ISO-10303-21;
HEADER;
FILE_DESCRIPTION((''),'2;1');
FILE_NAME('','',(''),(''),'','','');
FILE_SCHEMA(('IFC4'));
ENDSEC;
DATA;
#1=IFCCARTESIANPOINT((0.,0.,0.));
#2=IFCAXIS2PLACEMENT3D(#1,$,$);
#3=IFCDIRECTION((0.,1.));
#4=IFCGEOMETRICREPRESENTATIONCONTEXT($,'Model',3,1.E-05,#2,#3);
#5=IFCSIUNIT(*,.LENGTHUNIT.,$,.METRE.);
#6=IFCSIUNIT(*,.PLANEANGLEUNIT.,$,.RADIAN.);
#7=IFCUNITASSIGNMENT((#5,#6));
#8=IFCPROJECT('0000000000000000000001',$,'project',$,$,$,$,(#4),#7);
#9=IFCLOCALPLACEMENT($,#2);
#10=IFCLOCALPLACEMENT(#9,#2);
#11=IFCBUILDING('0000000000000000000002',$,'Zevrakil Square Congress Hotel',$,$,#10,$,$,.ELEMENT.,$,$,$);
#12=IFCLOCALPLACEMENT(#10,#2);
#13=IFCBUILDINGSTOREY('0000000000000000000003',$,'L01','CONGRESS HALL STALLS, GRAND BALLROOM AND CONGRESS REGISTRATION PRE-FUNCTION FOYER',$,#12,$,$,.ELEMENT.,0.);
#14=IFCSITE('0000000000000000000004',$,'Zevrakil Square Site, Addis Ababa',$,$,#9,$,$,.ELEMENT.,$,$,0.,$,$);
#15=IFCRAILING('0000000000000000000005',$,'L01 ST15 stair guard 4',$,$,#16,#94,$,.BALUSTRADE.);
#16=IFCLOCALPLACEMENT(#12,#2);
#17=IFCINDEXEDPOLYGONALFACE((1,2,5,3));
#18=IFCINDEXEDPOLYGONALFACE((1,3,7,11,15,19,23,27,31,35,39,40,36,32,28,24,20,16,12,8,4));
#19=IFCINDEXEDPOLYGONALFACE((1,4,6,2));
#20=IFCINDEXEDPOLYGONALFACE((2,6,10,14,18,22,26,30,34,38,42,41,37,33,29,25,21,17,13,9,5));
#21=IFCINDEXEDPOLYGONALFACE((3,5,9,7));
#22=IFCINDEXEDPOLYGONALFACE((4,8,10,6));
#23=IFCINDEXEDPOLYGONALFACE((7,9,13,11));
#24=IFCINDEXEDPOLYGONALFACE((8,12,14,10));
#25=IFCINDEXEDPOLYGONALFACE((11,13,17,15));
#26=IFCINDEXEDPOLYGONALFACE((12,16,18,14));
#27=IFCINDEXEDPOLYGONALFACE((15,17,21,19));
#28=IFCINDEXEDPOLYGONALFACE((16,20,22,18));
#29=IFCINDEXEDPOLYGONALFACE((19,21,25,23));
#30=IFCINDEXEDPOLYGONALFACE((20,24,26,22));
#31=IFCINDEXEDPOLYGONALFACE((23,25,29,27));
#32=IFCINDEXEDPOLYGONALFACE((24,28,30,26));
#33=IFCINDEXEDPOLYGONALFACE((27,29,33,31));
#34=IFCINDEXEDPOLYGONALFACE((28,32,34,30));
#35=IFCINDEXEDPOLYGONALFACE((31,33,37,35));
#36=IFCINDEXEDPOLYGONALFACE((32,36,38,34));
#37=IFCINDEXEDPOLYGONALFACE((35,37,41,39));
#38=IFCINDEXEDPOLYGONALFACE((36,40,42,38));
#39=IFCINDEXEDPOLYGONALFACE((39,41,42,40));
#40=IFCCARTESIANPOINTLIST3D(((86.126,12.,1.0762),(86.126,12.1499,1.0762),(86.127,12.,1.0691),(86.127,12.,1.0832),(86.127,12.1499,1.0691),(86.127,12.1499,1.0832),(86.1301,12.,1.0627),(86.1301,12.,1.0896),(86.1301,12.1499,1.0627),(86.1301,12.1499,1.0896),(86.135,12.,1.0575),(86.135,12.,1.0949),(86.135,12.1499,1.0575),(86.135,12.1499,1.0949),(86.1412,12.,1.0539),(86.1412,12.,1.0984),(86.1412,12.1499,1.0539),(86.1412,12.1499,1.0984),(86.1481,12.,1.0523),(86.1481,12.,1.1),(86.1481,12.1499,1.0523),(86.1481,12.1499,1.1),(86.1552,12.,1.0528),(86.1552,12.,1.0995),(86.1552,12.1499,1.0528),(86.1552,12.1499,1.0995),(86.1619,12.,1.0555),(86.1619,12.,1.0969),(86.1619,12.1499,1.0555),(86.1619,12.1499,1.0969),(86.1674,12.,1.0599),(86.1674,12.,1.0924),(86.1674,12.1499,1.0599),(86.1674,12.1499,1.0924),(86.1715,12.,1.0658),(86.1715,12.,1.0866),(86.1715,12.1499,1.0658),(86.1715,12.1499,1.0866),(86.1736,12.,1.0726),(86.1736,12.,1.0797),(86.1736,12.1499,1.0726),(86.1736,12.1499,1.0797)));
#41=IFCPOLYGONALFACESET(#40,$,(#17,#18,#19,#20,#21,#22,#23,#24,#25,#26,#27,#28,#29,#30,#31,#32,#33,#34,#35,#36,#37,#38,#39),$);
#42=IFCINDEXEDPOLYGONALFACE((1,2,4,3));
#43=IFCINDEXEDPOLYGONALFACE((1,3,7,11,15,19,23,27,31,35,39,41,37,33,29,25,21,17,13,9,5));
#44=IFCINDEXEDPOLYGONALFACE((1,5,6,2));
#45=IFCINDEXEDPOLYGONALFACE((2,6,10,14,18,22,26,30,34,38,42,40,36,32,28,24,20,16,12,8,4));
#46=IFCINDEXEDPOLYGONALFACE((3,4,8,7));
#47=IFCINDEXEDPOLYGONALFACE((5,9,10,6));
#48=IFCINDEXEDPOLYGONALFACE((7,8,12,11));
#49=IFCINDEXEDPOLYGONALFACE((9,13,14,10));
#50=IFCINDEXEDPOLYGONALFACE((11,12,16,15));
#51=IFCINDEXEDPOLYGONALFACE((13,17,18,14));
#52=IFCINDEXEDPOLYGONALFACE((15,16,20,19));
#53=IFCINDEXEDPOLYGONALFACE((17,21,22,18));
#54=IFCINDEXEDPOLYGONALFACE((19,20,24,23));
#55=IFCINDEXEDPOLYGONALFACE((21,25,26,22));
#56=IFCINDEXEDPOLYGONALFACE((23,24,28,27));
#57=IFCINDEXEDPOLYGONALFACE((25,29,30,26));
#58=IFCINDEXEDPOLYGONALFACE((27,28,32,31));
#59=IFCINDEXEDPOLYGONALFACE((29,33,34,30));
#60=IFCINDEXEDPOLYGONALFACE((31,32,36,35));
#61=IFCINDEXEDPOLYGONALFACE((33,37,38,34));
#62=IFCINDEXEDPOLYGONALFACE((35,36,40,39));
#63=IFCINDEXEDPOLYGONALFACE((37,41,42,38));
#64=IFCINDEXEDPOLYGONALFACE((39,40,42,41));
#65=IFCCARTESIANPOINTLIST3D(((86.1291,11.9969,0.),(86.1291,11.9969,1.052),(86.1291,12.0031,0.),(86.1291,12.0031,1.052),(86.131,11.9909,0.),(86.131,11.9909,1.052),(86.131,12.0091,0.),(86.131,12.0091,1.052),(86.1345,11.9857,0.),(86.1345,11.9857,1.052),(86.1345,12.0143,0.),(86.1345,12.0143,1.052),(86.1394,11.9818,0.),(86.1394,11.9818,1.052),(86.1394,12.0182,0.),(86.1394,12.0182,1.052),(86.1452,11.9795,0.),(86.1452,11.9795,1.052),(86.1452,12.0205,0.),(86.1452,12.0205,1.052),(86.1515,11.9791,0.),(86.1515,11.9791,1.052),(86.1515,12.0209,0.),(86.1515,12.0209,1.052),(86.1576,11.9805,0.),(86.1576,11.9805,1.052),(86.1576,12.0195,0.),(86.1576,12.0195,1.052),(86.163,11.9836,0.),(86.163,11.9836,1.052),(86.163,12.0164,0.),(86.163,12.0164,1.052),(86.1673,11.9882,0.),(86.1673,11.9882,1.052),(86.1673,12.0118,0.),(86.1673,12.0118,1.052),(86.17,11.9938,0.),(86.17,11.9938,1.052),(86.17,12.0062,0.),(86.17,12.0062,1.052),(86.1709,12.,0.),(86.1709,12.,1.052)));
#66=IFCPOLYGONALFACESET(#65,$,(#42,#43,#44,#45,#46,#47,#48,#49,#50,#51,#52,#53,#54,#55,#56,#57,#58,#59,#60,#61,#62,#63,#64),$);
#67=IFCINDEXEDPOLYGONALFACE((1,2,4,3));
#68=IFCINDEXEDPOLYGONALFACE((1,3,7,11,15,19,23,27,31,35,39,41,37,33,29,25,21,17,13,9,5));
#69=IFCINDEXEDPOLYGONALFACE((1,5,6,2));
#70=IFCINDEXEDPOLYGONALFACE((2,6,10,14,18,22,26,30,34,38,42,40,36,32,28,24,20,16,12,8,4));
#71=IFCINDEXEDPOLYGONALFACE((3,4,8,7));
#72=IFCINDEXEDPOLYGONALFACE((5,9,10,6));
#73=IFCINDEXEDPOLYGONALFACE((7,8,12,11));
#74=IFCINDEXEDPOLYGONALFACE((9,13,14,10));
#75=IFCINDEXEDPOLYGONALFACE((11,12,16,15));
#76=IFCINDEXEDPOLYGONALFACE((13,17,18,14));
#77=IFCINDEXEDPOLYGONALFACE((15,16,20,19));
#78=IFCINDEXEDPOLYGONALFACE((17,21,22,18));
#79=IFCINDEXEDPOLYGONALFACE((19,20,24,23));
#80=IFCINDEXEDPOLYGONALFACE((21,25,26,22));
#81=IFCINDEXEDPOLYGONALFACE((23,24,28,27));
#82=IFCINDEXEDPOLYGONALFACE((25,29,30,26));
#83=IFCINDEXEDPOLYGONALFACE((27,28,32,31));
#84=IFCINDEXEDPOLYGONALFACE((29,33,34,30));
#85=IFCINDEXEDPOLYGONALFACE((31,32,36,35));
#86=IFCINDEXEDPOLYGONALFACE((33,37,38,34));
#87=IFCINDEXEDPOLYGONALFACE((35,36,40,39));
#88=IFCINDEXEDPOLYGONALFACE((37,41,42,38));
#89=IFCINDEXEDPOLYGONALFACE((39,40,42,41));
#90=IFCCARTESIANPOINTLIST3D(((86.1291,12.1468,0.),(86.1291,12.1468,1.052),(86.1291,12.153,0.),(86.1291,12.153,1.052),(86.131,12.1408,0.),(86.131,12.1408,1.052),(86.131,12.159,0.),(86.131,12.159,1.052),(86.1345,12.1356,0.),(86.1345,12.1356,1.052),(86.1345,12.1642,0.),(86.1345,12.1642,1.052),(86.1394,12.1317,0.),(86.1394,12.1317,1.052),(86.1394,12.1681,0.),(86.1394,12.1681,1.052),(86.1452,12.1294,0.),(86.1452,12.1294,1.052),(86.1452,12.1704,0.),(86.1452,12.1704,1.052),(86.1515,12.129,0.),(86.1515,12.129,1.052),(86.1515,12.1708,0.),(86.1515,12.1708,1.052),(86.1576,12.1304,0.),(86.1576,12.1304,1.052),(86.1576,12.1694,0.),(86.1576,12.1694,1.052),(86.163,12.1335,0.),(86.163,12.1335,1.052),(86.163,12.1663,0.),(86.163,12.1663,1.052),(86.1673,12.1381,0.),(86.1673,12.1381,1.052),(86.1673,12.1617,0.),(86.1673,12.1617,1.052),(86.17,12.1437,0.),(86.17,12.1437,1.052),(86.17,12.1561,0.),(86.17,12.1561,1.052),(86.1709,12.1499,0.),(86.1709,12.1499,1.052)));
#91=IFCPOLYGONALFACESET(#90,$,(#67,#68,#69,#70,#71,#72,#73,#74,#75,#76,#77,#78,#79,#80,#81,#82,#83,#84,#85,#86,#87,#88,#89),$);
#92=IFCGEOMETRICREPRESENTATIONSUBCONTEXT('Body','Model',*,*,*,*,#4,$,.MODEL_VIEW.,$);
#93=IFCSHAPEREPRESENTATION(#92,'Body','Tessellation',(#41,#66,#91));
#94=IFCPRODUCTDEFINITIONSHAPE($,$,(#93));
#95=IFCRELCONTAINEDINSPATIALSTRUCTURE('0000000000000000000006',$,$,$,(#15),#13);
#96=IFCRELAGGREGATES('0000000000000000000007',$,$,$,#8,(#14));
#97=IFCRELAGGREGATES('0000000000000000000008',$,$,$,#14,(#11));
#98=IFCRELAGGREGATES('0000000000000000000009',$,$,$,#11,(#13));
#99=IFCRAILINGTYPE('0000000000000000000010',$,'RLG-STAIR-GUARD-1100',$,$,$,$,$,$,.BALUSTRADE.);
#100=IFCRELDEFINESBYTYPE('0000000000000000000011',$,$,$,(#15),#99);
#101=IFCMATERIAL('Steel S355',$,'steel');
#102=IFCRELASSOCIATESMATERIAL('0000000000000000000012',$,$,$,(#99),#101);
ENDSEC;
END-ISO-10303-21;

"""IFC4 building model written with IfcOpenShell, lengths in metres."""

from ifc_helpers import new_model, si_unit, direction, frame, origin, origin_2d, place, context, subcontext, project, spatial, circle, extrude, material, type_object, element, save


model = new_model("IFC4")

# Units and contexts
model_context = context("Model", 3, precision=1e-05, world=origin(), true_north=direction((0.0, 1.0)))
body_context = subcontext(model_context, "Body", "Model", "MODEL_VIEW")
ifc_project = project(units=[si_unit("LENGTHUNIT", "METRE"), si_unit("PLANEANGLEUNIT", "RADIAN")], contexts=[model_context])

# Site, building, storey
site_placement = place(None, origin())
site = spatial("IfcSite", under=ifc_project, at=site_placement, Name="Zevrakil Square Site, Addis Ababa", CompositionType="ELEMENT", RefElevation=0.0)
building_placement = place(site_placement, origin())
building = spatial("IfcBuilding", under=site, at=building_placement, Name="Zevrakil Square Congress Hotel", CompositionType="ELEMENT")
storey_placement = place(building_placement, origin())
storey = spatial("IfcBuildingStorey", under=building, at=storey_placement, Name="L01", Description="CONGRESS HALL STALLS, GRAND BALLROOM AND CONGRESS REGISTRATION PRE-FUNCTION FOYER", CompositionType="ELEMENT", Elevation=0.0)

# Railing
ifc_material_1 = material(Name="Steel S355", Category="steel")
railing_type_1 = type_object("IfcRailingType", Name="RLG-STAIR-GUARD-1100", PredefinedType="BALUSTRADE", material=ifc_material_1)
railing_1_placement = place(storey_placement, frame((86.1499, 12.0, 0.0)))
element("IfcRailing", 1, at=railing_1_placement, inside=storey, type_object=railing_type_1, Name="L01 ST15 stair guard 4", PredefinedType="BALUSTRADE", context=body_context, shape_type="SweptSolid", body=[
    extrude(circle(Radius=0.0239, at=origin_2d()), frame((0.0, 0.0, 1.0762), z_axis=(0.0, 1.0, 0.0), x_axis=(-1.0, 0.0, 0.0)), (0.0, 0.0, 1.0), 0.1499),
    extrude(circle(Radius=0.021, at=origin_2d()), origin(), (0.0, 0.0, 1.0), 1.052),
    extrude(circle(Radius=0.021, at=origin_2d()), frame((0.0, 0.1499, 0.0)), (0.0, 0.0, 1.0), 1.052),
])

save(model, "model.ifc")
